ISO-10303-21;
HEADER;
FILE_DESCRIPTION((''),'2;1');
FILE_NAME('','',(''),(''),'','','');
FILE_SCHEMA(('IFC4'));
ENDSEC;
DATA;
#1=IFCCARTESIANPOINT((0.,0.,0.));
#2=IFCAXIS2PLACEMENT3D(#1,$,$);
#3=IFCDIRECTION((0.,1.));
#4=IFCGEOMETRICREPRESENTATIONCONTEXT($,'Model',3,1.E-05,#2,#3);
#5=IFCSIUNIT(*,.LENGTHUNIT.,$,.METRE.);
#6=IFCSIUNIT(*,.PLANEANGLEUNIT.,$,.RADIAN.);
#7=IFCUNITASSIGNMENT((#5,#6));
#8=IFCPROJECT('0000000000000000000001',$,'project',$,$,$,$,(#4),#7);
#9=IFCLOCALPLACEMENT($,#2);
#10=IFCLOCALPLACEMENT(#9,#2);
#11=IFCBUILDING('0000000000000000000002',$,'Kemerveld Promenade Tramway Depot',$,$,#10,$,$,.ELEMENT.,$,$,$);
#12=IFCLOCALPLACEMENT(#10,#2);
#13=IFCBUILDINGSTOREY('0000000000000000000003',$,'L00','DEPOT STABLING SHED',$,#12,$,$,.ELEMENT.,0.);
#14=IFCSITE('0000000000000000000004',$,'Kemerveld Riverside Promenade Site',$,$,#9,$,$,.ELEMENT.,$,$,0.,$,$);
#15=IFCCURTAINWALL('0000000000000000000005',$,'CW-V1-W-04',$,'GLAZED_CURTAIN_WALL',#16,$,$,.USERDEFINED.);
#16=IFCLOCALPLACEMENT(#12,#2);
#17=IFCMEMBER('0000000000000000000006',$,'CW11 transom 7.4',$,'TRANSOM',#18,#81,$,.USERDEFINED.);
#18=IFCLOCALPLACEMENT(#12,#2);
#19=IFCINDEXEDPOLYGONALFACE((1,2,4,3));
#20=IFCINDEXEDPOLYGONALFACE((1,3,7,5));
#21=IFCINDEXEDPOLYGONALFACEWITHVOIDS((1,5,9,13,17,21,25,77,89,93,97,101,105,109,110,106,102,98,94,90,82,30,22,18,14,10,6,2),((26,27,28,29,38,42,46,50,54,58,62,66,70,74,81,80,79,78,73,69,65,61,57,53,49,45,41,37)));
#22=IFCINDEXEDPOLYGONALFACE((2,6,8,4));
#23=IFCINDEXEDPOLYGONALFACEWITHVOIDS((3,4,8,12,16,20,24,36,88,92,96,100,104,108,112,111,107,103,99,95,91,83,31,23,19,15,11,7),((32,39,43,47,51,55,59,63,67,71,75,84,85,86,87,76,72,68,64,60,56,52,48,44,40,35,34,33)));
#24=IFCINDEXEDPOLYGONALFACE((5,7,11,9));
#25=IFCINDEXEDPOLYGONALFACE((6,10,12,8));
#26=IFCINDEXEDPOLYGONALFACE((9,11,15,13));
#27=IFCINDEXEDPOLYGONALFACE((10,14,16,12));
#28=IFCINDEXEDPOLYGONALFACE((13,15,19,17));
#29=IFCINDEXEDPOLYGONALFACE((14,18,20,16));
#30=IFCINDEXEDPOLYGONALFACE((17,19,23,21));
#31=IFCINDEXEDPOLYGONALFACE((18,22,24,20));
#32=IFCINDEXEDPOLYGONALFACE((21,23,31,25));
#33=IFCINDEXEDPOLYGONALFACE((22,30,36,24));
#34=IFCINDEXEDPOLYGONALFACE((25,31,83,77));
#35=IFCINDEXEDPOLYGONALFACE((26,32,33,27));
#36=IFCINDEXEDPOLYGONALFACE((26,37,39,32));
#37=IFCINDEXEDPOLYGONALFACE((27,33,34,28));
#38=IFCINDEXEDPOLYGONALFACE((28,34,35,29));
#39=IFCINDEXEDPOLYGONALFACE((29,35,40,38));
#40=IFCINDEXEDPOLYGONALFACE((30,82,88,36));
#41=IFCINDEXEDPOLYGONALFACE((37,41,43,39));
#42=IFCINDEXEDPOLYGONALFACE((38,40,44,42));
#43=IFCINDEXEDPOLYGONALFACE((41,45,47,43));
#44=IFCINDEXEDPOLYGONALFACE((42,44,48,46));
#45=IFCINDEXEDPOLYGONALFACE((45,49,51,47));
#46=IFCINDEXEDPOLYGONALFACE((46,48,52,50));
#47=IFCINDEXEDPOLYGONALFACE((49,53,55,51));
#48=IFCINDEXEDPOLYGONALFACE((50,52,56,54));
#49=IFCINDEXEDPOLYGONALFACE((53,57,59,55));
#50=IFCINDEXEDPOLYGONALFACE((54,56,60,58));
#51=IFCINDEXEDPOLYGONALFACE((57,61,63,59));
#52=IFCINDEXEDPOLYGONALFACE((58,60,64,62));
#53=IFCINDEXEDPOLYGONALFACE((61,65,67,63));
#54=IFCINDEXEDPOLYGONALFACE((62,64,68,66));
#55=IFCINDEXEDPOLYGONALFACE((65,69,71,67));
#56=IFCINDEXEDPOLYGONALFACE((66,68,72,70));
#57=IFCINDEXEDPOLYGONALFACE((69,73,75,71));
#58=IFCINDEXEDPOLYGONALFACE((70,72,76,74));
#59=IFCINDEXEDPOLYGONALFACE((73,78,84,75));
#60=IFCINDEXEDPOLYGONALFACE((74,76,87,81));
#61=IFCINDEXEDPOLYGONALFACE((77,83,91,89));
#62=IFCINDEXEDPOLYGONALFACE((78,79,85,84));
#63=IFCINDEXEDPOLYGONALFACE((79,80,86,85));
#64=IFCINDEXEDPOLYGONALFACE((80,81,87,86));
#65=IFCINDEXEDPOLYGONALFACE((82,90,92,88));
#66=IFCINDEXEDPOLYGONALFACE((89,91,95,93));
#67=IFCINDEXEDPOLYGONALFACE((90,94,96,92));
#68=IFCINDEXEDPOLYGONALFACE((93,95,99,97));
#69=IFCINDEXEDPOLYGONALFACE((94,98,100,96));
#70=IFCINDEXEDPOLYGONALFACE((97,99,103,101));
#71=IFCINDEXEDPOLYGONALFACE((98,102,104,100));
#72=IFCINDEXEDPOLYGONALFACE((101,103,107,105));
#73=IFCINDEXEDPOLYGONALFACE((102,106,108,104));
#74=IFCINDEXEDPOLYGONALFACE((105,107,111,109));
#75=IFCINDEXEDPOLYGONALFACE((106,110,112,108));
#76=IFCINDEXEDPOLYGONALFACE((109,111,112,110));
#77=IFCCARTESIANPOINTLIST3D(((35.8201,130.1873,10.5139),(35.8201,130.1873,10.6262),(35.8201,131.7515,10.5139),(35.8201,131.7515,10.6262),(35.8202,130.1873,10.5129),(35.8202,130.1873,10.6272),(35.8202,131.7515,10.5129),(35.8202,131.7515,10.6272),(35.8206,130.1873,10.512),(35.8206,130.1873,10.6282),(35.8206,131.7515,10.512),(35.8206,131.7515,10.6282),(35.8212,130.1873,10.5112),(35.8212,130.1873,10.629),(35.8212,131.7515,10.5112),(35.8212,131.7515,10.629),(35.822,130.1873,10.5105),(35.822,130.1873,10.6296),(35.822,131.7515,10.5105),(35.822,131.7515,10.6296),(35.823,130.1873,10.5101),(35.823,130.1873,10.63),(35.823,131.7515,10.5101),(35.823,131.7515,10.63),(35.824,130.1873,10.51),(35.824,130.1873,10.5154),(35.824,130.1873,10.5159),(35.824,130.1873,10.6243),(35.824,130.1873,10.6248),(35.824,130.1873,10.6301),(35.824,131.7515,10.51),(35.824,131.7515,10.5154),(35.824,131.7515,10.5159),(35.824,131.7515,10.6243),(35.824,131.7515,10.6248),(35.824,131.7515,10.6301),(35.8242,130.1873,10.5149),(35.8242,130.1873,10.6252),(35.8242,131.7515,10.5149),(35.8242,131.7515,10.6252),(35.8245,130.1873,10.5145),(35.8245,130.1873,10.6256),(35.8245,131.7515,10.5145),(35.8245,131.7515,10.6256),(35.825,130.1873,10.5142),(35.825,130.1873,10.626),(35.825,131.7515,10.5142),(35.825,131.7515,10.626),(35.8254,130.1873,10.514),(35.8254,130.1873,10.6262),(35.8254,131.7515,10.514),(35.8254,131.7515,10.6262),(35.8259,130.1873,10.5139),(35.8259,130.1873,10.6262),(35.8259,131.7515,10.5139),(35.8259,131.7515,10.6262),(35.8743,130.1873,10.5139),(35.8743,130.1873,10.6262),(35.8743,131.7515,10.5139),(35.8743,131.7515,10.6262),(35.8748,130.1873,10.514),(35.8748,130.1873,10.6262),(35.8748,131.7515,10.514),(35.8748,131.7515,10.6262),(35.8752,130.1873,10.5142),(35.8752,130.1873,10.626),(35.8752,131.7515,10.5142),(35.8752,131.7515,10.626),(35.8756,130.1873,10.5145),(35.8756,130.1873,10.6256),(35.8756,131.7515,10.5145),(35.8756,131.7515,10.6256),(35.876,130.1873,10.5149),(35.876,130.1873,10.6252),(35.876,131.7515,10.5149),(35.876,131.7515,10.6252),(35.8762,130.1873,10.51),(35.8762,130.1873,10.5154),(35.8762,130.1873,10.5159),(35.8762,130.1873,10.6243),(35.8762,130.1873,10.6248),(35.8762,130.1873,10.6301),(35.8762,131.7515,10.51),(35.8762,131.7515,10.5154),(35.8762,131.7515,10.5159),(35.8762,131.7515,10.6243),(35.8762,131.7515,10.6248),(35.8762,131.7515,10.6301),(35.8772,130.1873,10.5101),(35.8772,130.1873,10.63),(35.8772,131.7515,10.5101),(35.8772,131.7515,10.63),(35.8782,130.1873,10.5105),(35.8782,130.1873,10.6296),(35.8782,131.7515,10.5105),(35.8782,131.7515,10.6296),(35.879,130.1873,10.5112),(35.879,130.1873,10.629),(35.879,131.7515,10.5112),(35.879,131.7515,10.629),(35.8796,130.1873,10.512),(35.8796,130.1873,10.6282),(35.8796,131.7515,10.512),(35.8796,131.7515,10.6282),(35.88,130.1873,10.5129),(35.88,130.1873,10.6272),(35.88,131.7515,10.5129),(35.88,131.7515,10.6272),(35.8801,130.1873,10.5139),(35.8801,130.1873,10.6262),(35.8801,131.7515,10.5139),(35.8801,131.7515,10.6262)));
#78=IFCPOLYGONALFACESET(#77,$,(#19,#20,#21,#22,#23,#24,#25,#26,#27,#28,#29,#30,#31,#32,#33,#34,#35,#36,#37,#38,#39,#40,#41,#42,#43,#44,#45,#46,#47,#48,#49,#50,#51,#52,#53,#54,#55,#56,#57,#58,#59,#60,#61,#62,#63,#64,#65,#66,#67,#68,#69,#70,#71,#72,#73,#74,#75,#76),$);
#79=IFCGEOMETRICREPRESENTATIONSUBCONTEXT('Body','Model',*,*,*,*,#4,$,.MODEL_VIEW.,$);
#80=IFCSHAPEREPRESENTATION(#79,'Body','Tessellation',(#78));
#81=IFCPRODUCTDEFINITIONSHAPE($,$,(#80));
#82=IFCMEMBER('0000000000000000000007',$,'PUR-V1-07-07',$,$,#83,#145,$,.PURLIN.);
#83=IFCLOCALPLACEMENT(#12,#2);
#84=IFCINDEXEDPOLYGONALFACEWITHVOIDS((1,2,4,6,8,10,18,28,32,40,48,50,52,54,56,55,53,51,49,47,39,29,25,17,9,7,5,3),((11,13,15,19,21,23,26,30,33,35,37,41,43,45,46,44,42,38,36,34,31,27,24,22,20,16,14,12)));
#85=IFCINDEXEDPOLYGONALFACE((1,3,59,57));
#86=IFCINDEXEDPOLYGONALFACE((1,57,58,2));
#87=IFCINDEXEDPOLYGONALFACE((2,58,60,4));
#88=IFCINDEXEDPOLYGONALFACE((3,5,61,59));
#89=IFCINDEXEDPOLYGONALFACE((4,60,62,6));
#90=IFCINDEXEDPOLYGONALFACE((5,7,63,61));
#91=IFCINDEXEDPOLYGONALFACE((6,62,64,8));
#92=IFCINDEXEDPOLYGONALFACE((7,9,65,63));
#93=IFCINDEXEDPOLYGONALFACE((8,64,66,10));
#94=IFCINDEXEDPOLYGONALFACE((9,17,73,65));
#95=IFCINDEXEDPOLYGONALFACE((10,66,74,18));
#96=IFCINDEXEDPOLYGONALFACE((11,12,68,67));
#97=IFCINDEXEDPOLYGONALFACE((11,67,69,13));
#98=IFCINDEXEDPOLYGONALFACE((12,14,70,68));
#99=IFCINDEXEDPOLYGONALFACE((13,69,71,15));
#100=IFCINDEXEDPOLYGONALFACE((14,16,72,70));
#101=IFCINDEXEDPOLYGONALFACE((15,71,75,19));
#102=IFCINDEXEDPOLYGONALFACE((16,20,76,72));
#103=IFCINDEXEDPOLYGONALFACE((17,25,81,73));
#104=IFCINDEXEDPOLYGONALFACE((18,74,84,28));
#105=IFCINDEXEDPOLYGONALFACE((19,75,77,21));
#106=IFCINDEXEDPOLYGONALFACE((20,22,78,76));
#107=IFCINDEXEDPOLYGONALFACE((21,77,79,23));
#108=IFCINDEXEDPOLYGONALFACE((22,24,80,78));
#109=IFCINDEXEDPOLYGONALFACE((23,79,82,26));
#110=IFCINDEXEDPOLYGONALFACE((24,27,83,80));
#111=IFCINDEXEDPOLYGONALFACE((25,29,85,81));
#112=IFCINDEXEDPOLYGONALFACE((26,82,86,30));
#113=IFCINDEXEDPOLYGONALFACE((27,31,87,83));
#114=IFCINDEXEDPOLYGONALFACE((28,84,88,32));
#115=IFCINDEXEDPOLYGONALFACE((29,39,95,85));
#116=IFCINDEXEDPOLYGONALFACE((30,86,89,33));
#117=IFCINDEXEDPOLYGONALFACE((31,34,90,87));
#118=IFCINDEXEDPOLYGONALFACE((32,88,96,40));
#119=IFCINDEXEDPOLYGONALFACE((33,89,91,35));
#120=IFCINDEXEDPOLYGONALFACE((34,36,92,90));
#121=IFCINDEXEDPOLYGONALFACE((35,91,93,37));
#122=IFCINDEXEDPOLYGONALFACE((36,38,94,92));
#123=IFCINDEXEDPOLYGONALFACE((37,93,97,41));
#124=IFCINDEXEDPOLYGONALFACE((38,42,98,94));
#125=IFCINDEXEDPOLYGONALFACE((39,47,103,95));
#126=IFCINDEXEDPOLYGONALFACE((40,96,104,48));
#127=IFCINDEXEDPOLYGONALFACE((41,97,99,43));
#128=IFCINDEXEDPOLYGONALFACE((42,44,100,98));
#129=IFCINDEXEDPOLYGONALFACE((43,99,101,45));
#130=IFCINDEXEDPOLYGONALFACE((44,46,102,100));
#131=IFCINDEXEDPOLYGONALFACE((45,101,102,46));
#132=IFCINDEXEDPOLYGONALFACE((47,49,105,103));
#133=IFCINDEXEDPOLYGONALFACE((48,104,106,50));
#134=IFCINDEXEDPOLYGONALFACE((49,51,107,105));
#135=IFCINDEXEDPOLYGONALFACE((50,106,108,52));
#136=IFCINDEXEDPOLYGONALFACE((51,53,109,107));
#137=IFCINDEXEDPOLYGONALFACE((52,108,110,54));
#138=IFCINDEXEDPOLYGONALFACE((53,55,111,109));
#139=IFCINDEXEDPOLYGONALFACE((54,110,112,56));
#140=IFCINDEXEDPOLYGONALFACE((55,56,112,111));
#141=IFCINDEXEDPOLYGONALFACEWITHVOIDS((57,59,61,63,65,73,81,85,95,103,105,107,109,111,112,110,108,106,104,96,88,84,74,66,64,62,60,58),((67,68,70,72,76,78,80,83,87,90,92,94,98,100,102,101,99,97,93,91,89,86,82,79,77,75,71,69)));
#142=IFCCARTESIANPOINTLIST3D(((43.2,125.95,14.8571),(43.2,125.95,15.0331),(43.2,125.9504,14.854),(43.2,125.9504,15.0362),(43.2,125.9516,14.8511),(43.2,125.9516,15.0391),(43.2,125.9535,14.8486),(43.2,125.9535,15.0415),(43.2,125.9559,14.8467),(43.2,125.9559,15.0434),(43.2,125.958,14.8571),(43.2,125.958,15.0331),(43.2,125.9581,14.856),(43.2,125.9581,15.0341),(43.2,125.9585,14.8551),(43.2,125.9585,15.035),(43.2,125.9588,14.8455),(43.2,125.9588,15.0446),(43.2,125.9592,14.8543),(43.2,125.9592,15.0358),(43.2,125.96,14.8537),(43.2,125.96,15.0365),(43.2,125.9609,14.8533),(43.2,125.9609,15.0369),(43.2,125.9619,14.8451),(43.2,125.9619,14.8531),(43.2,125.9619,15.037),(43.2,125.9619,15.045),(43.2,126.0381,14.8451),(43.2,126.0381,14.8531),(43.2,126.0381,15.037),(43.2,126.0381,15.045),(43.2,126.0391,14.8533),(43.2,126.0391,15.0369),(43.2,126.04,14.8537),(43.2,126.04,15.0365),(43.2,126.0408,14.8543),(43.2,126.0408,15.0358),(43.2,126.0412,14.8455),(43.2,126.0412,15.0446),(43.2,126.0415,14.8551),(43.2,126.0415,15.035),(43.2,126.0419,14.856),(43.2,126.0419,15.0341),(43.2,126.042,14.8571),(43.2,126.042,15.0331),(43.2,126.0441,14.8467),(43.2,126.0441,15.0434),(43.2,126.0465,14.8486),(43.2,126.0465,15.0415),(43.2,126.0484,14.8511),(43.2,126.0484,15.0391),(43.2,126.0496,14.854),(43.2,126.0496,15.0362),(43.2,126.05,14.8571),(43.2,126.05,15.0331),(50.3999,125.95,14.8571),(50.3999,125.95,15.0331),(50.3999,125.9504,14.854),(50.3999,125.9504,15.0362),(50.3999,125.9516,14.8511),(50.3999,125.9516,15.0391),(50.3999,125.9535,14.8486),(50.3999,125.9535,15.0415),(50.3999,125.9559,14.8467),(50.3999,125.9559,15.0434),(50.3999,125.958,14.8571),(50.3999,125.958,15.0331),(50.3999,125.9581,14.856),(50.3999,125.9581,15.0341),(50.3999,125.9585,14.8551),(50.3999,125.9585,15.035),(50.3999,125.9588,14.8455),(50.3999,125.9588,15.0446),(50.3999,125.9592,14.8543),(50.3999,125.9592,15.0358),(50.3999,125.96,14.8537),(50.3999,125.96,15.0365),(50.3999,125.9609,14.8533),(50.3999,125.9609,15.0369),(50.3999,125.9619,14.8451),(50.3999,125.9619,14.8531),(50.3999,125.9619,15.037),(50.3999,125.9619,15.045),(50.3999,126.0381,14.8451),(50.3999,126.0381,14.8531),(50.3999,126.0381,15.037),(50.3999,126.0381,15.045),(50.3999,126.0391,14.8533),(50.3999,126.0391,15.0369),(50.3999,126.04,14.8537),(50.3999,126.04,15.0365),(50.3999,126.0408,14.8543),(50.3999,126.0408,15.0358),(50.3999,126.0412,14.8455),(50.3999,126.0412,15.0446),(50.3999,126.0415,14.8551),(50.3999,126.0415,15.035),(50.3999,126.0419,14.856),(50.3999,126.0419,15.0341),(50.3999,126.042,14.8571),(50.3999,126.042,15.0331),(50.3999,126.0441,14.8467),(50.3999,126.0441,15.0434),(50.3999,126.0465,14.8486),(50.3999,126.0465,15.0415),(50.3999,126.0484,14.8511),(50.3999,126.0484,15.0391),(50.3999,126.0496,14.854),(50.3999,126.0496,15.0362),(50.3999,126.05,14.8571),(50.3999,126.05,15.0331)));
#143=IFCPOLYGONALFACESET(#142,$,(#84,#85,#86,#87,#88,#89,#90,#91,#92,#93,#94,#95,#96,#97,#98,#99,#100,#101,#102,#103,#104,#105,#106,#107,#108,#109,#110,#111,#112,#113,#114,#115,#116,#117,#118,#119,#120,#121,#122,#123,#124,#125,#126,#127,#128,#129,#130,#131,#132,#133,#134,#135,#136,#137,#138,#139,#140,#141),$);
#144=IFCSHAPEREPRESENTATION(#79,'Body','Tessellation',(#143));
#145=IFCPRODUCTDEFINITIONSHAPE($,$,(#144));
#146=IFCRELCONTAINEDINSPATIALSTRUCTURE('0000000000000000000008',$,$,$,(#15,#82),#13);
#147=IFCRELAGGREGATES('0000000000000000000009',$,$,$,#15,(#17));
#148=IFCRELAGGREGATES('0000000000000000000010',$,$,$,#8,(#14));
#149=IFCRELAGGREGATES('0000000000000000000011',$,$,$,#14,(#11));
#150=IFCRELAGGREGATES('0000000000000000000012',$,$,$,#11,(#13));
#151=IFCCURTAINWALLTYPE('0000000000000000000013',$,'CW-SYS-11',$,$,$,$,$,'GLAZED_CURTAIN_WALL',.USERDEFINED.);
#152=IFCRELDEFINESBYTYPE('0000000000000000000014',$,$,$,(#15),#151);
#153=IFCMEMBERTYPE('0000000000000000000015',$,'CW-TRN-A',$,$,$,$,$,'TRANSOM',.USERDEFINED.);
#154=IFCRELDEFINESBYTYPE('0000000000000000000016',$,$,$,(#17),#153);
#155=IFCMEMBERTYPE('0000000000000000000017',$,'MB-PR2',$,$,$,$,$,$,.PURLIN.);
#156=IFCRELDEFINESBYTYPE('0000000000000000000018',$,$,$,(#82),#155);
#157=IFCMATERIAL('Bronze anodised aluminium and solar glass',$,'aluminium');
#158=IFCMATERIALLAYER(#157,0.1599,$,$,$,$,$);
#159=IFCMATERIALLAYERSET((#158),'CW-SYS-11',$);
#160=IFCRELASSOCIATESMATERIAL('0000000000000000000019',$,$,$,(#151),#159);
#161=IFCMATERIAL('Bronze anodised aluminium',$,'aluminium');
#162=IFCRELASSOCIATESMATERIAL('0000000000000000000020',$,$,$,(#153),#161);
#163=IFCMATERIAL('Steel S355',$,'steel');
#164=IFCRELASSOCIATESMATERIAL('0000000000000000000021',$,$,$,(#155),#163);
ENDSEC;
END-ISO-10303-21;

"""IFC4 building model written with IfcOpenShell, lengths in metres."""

from ifc_helpers import new_model, si_unit, direction, frame, origin, origin_2d, place, context, subcontext, project, spatial, hollow_rectangle, extrude, material, layer, layer_set, material_profile, profile_set, type_object, element, aggregate, save


model = new_model("IFC4")

# Units and contexts
model_context = context("Model", 3, precision=1e-05, world=origin(), true_north=direction((0.0, 1.0)))
body_context = subcontext(model_context, "Body", "Model", "MODEL_VIEW")
ifc_project = project(units=[si_unit("LENGTHUNIT", "METRE"), si_unit("PLANEANGLEUNIT", "RADIAN")], contexts=[model_context])

# Site, building, storey
site_placement = place(None, origin())
site = spatial("IfcSite", under=ifc_project, at=site_placement, Name="Kemerveld Riverside Promenade Site", CompositionType="ELEMENT", RefElevation=0.0)
building_placement = place(site_placement, origin())
building = spatial("IfcBuilding", under=site, at=building_placement, Name="Kemerveld Promenade Tramway Depot", CompositionType="ELEMENT")
storey_placement = place(building_placement, origin())
storey = spatial("IfcBuildingStorey", under=building, at=storey_placement, Name="L00", Description="DEPOT STABLING SHED", CompositionType="ELEMENT", Elevation=0.0)

# Shared definitions
ifc_material_1 = material(Name="Steel S355", Category="steel")

# Curtain wall, member
ifc_material_2 = material(Name="Bronze anodised aluminium and solar glass", Category="aluminium")
ifc_layer_1 = layer(ifc_material_2, 0.1599)
ifc_layer_set_1 = layer_set([ifc_layer_1], Name="CW-SYS-11")
curtain_wall_type = type_object("IfcCurtainWallType", Name="CW-SYS-11", ElementType="GLAZED_CURTAIN_WALL", PredefinedType="USERDEFINED", material=ifc_layer_set_1)
curtain_wall_placement = place(storey_placement, origin())
curtain_wall = element("IfcCurtainWall", 1, at=curtain_wall_placement, inside=storey, type_object=curtain_wall_type, Name="CW-V1-W-04", ObjectType="GLAZED_CURTAIN_WALL", PredefinedType="USERDEFINED")
ifc_material_3 = material(Name="Bronze anodised aluminium", Category="aluminium")
ifc_material_profile_1 = material_profile(ifc_material_3, hollow_rectangle(XDim=0.0601, YDim=0.1201, WallThickness=0.0039, InnerFilletRadius=0.002, OuterFilletRadius=0.0039, at=origin_2d()), Name="CW-TRN-120x60")
ifc_profile_set_1 = profile_set([ifc_material_profile_1], Name="Bronze anodised aluminium")
member_type_1 = type_object("IfcMemberType", Name="CW-TRN-A", ElementType="TRANSOM", PredefinedType="USERDEFINED", material=ifc_profile_set_1)
member_1_placement = place(storey_placement, frame((35.8501, 130.1873, 10.5701), z_axis=(0.0, 1.0, 0.0), x_axis=(-1.0, 0.0, 0.0)))
member_1 = element("IfcMember", 2, at=member_1_placement, type_object=member_type_1, Name="CW11 transom 7.4", ObjectType="TRANSOM", PredefinedType="USERDEFINED", context=body_context, shape_type="SweptSolid", body=[
    extrude(hollow_rectangle(XDim=0.0601, YDim=0.1201, WallThickness=0.0039, InnerFilletRadius=0.002, OuterFilletRadius=0.0039, at=origin_2d()), origin(), (0.0, 0.0, 1.0), 1.5642),
])
aggregate(curtain_wall, [member_1])

# Member
ifc_material_profile_2 = material_profile(ifc_material_1, hollow_rectangle(XDim=0.1001, YDim=0.2, WallThickness=0.0081, InnerFilletRadius=0.0039, OuterFilletRadius=0.012, at=origin_2d()), Name="200x100x8.0 RHS")
ifc_profile_set_2 = profile_set([ifc_material_profile_2], Name="Steel S355")
member_type_2 = type_object("IfcMemberType", Name="MB-PR2", PredefinedType="PURLIN", material=ifc_profile_set_2)
member_2_placement = place(storey_placement, frame((43.2, 126.0, 14.9451), z_axis=(1.0, 0.0, 0.0), x_axis=(0.0, 1.0, 0.0)))
element("IfcMember", 3, at=member_2_placement, inside=storey, type_object=member_type_2, Name="PUR-V1-07-07", PredefinedType="PURLIN", context=body_context, shape_type="SweptSolid", body=[
    extrude(hollow_rectangle(XDim=0.1001, YDim=0.2, WallThickness=0.0081, InnerFilletRadius=0.0039, OuterFilletRadius=0.012, at=origin_2d()), origin(), (0.0, 0.0, 1.0), 7.2),
])

save(model, "model.ifc")
